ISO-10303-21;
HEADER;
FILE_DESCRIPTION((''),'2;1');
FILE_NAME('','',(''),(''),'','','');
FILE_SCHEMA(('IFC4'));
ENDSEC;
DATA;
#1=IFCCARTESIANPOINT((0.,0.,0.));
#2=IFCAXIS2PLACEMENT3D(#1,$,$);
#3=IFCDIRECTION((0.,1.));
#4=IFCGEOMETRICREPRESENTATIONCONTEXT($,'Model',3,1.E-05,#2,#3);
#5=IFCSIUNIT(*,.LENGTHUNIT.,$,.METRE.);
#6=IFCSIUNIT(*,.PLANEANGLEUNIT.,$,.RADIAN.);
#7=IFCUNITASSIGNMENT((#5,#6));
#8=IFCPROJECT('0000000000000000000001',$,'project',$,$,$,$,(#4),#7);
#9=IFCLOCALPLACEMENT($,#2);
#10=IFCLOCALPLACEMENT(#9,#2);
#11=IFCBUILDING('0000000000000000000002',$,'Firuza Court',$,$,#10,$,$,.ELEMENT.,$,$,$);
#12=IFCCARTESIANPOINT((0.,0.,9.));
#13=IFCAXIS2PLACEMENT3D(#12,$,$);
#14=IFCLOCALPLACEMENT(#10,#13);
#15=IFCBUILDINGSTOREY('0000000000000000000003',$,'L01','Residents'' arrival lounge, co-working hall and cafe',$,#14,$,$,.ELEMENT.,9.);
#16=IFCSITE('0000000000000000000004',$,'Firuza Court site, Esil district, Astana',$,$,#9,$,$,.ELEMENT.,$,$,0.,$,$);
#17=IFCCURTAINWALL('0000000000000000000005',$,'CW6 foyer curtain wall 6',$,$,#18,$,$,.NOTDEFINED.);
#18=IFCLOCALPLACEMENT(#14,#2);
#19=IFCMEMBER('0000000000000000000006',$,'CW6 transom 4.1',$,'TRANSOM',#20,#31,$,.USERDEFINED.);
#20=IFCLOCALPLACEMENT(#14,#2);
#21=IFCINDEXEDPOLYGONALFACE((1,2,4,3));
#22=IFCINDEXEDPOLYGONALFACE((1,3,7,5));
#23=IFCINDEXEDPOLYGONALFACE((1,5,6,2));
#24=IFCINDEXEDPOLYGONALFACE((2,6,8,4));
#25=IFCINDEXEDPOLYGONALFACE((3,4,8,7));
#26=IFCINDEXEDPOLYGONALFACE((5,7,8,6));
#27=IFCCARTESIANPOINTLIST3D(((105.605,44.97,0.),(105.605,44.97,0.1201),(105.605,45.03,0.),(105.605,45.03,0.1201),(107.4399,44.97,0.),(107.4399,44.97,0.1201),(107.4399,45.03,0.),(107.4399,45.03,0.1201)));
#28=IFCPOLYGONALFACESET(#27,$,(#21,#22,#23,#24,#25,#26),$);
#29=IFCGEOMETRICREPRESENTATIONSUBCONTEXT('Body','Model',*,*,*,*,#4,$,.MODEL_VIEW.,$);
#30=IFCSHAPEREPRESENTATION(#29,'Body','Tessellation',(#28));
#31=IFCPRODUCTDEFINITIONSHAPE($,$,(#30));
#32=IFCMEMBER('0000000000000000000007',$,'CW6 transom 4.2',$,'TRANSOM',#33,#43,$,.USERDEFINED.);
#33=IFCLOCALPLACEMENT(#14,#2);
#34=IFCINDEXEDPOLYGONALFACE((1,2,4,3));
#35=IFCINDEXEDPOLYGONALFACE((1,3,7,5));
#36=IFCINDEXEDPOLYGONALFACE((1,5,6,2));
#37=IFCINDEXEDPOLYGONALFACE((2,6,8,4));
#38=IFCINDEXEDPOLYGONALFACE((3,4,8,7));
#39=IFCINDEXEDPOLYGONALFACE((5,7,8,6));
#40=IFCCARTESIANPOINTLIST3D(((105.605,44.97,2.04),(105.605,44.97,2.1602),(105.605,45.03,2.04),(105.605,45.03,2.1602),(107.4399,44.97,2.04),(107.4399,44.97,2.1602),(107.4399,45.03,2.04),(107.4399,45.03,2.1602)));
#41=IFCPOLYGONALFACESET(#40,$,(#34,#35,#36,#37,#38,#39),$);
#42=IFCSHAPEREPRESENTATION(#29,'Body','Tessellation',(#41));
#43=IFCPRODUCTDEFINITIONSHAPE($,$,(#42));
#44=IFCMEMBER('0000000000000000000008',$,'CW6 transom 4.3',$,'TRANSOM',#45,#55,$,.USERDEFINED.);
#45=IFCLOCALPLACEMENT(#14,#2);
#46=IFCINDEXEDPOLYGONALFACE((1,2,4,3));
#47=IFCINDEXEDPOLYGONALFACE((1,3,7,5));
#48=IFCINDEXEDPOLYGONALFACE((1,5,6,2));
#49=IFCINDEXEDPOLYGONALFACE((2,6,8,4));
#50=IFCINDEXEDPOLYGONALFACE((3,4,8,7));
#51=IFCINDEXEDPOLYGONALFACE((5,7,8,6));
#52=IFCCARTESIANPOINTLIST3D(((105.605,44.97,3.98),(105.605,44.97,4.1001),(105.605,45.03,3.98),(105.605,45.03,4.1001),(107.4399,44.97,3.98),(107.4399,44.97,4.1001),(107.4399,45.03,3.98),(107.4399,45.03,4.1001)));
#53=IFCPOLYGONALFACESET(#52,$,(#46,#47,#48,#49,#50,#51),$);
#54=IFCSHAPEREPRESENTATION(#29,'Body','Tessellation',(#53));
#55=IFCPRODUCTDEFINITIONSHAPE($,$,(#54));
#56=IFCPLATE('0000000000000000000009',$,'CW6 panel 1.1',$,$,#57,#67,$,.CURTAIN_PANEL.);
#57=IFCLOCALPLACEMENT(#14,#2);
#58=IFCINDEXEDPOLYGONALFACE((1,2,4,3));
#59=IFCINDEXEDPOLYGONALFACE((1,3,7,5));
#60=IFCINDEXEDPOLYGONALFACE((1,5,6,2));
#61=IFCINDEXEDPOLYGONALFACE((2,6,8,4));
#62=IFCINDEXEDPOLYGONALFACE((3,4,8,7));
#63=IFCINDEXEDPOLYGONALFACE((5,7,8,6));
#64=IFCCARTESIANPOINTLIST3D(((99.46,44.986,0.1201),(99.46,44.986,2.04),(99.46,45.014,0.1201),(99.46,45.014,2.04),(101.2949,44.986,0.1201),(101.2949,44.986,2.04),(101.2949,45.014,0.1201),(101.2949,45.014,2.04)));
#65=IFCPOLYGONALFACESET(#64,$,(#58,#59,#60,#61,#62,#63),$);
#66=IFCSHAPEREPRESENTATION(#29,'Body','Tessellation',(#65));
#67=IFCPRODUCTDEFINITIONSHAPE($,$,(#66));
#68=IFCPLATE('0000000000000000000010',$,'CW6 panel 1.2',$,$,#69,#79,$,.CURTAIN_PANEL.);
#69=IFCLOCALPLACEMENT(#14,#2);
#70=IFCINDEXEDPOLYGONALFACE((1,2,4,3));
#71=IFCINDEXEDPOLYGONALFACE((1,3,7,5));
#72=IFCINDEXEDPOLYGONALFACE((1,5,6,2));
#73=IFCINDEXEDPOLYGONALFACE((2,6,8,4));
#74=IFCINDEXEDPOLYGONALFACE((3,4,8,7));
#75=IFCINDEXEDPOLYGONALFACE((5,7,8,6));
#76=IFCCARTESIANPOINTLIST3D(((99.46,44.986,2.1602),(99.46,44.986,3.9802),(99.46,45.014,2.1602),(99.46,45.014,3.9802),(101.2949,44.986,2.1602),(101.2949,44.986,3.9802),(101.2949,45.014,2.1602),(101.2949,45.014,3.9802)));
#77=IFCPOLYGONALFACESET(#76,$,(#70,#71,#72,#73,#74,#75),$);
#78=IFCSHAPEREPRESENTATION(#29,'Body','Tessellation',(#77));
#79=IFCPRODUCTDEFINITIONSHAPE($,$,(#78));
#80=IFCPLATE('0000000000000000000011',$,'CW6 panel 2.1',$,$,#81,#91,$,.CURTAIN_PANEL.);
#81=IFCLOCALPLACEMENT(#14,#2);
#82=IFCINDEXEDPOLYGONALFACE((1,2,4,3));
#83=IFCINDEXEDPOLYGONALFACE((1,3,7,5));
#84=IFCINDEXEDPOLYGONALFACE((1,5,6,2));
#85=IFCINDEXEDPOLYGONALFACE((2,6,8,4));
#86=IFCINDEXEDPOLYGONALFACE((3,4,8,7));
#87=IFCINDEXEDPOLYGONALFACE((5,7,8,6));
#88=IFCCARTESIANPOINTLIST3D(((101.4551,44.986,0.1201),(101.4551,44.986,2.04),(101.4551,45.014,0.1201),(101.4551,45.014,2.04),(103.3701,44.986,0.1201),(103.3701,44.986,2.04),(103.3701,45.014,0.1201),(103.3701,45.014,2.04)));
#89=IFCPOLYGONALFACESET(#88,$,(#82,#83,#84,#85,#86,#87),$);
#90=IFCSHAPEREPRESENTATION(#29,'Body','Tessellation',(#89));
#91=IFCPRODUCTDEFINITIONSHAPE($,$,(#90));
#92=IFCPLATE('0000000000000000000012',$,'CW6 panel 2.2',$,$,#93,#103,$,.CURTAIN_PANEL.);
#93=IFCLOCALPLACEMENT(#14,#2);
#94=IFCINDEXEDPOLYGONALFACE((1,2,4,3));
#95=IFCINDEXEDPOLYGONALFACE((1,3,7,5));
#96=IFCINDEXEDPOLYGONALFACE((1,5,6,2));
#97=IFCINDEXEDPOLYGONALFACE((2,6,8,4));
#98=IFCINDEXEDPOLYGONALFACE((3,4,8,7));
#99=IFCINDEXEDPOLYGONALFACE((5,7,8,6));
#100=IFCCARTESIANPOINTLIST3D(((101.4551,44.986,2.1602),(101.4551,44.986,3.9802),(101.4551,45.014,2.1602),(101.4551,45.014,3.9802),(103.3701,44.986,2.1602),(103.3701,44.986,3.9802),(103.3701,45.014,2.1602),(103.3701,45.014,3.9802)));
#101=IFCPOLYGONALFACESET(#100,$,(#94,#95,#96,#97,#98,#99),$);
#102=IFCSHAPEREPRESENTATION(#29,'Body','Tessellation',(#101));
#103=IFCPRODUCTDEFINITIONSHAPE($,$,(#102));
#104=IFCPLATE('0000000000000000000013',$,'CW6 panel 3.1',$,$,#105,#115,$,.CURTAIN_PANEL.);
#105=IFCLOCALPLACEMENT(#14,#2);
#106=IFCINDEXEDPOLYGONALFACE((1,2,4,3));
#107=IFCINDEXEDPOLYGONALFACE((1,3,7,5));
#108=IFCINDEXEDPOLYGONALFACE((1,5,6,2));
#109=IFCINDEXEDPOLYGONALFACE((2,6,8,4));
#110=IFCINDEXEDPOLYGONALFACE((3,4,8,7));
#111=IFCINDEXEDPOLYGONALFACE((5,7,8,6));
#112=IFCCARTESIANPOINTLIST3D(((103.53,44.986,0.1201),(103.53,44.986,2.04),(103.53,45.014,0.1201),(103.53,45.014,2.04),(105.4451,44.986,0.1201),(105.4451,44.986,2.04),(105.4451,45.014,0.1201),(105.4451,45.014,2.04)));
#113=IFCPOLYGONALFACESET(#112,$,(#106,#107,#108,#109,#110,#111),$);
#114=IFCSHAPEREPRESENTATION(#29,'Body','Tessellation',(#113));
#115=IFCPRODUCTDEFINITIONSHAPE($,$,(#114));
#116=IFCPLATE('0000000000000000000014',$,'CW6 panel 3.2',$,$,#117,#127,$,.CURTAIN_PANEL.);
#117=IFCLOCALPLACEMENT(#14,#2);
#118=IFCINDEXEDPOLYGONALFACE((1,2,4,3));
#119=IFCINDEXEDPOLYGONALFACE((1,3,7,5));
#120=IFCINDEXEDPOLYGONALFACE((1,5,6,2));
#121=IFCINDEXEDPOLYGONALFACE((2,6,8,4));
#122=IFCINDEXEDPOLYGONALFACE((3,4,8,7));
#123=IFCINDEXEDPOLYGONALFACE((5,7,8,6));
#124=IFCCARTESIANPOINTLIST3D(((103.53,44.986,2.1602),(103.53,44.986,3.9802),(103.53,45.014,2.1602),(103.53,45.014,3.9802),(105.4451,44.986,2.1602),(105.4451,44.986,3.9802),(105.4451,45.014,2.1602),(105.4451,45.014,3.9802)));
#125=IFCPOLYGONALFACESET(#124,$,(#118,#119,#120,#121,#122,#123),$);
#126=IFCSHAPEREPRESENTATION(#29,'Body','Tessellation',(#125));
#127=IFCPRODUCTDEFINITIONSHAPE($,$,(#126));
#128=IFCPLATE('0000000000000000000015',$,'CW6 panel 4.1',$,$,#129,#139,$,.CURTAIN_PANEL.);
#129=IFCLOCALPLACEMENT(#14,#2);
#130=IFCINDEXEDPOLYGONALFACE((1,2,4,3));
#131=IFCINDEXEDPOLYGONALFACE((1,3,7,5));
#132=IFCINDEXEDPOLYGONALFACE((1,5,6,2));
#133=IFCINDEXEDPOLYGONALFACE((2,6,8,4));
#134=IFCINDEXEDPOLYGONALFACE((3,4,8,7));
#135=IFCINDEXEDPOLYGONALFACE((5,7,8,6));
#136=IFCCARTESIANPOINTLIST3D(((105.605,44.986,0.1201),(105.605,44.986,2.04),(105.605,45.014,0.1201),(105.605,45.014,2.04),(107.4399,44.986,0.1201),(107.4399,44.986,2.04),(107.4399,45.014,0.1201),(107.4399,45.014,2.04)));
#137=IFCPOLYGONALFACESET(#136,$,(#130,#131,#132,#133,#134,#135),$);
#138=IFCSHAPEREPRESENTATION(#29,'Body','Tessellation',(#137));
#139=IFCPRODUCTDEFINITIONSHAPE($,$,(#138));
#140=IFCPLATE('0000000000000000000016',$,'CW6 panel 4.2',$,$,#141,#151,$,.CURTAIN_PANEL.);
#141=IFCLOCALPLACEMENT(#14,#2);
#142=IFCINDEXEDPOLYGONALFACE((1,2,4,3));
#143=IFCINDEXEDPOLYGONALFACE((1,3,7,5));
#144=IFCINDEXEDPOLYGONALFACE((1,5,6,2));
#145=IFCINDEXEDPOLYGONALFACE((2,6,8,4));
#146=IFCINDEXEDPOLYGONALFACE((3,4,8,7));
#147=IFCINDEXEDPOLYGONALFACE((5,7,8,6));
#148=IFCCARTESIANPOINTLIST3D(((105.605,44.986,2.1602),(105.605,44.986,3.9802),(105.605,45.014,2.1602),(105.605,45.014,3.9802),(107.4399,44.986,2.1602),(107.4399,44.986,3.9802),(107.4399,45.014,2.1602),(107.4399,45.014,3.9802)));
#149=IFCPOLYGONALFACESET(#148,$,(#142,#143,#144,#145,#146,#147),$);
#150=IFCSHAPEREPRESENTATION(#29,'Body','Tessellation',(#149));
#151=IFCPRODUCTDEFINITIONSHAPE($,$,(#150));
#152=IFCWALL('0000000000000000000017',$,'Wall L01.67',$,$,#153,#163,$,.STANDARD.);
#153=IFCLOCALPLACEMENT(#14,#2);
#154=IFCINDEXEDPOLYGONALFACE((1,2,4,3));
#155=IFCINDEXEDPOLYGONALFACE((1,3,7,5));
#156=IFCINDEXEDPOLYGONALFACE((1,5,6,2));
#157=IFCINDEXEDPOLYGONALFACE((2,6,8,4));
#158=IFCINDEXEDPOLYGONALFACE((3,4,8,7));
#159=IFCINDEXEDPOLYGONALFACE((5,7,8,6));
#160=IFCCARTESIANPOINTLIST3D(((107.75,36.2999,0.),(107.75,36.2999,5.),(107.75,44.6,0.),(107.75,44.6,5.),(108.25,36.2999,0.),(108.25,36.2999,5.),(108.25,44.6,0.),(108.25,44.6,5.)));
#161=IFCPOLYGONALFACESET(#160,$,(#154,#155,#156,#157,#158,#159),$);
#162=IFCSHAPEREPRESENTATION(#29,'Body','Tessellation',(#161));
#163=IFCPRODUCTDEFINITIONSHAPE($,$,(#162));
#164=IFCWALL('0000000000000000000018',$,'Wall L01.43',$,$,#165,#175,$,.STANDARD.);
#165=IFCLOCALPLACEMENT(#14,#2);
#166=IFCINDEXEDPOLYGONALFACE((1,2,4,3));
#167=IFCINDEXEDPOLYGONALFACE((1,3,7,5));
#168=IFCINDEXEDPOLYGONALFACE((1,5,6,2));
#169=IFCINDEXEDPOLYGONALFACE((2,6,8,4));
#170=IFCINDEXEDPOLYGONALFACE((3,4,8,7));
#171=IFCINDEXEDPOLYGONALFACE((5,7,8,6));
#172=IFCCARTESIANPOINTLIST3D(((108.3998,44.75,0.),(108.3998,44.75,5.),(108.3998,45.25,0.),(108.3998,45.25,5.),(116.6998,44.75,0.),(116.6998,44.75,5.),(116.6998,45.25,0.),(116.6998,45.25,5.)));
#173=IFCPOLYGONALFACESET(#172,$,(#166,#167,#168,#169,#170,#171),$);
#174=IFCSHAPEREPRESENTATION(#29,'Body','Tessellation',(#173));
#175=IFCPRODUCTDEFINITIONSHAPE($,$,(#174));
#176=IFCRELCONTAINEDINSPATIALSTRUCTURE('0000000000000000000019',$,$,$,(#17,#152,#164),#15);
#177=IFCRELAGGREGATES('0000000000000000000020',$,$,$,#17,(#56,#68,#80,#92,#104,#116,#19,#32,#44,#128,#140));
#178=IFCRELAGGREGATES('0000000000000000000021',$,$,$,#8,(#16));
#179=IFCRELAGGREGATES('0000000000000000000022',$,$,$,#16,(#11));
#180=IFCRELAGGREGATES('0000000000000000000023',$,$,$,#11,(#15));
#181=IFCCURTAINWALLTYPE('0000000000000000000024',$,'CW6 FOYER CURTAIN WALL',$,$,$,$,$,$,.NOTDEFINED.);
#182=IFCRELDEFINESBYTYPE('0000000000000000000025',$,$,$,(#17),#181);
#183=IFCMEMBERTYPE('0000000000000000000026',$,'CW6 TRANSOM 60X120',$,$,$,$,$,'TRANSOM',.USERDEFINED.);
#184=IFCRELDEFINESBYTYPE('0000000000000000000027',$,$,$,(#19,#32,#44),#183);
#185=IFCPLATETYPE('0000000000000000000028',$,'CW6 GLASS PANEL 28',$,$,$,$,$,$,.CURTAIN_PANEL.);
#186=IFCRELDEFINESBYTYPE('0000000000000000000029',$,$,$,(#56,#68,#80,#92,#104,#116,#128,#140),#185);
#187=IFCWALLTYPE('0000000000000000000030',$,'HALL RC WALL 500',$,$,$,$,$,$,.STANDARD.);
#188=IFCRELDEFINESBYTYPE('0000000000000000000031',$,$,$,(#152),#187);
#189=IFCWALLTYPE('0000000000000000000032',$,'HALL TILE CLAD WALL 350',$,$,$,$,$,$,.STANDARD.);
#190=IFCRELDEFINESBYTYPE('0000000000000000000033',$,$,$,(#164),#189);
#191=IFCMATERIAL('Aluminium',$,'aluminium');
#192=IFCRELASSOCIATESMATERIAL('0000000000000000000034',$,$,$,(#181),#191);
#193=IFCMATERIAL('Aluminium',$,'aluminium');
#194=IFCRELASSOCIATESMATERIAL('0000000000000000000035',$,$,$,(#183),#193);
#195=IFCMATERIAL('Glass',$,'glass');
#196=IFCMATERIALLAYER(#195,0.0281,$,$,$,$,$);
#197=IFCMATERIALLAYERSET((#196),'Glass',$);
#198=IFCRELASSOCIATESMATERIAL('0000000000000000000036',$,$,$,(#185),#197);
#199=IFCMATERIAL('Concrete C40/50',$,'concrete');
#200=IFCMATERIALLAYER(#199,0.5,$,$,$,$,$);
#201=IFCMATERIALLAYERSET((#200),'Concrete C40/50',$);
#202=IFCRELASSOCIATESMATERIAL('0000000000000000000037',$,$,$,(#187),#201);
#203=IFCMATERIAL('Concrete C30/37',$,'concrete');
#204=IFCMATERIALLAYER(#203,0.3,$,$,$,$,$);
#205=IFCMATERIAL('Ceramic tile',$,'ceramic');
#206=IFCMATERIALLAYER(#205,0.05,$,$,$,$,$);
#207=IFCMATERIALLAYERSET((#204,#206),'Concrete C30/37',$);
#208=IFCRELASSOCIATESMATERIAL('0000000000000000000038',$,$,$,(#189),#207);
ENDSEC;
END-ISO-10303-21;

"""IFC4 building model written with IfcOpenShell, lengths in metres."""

from ifc_helpers import new_model, si_unit, direction, frame, frame_2d, origin, origin_2d, place, context, subcontext, project, spatial, rectangle, extrude, material, layer, layer_set, material_profile, profile_set, type_object, element, aggregate, save


model = new_model("IFC4")

# Units and contexts
model_context = context("Model", 3, precision=1e-05, world=origin(), true_north=direction((0.0, 1.0)))
body_context = subcontext(model_context, "Body", "Model", "MODEL_VIEW")
ifc_project = project(units=[si_unit("LENGTHUNIT", "METRE"), si_unit("PLANEANGLEUNIT", "RADIAN")], contexts=[model_context])

# Site, building, storey
site_placement = place(None, origin())
site = spatial("IfcSite", under=ifc_project, at=site_placement, Name="Firuza Court site, Esil district, Astana", CompositionType="ELEMENT", RefElevation=0.0)
building_placement = place(site_placement, origin())
building = spatial("IfcBuilding", under=site, at=building_placement, Name="Firuza Court", CompositionType="ELEMENT")
storey_placement = place(building_placement, frame((0.0, 0.0, 9.0)))
storey = spatial("IfcBuildingStorey", under=building, at=storey_placement, Name="L01", Description="Residents' arrival lounge, co-working hall and cafe", CompositionType="ELEMENT", Elevation=9.0)

# Curtain wall, members, plates
ifc_material_1 = material(Name="Aluminium", Category="aluminium")
curtain_wall_type = type_object("IfcCurtainWallType", Name="CW6 FOYER CURTAIN WALL", PredefinedType="NOTDEFINED", material=ifc_material_1)
curtain_wall_placement = place(storey_placement, origin())
curtain_wall = element("IfcCurtainWall", 1, at=curtain_wall_placement, inside=storey, type_object=curtain_wall_type, Name="CW6 foyer curtain wall 6", PredefinedType="NOTDEFINED")
ifc_material_2 = material(Name="Aluminium", Category="aluminium")
ifc_material_profile_1 = material_profile(ifc_material_2, rectangle(XDim=0.0601, YDim=0.1201, at=origin_2d()), Name="TRANSOM 60X120")
ifc_profile_set_1 = profile_set([ifc_material_profile_1], Name="Aluminium")
member_type_1 = type_object("IfcMemberType", Name="CW6 TRANSOM 60X120", ElementType="TRANSOM", PredefinedType="USERDEFINED", material=ifc_profile_set_1)
member_1_placement = place(storey_placement, frame((105.605, 45.0, 0.0601), z_axis=(1.0, 0.0, 0.0), x_axis=(0.0, 1.0, 0.0)))
member_1 = element("IfcMember", 2, at=member_1_placement, type_object=member_type_1, Name="CW6 transom 4.1", ObjectType="TRANSOM", PredefinedType="USERDEFINED", context=body_context, shape_type="SweptSolid", body=[
    extrude(rectangle(XDim=0.0601, YDim=0.1201, at=origin_2d()), origin(), (0.0, 0.0, 1.0), 1.835),
])
member_2_placement = place(storey_placement, frame((105.605, 45.0, 2.1001), z_axis=(1.0, 0.0, 0.0), x_axis=(0.0, 1.0, 0.0)))
member_2 = element("IfcMember", 3, at=member_2_placement, type_object=member_type_1, Name="CW6 transom 4.2", ObjectType="TRANSOM", PredefinedType="USERDEFINED", context=body_context, shape_type="SweptSolid", body=[
    extrude(rectangle(XDim=0.0601, YDim=0.1201, at=origin_2d()), origin(), (0.0, 0.0, 1.0), 1.835),
])
member_3_placement = place(storey_placement, frame((105.605, 45.0, 4.04), z_axis=(1.0, 0.0, 0.0), x_axis=(0.0, 1.0, 0.0)))
member_3 = element("IfcMember", 4, at=member_3_placement, type_object=member_type_1, Name="CW6 transom 4.3", ObjectType="TRANSOM", PredefinedType="USERDEFINED", context=body_context, shape_type="SweptSolid", body=[
    extrude(rectangle(XDim=0.0601, YDim=0.1201, at=origin_2d()), origin(), (0.0, 0.0, 1.0), 1.835),
])
ifc_material_3 = material(Name="Glass", Category="glass")
ifc_layer_1 = layer(ifc_material_3, 0.0281)
ifc_layer_set_1 = layer_set([ifc_layer_1], Name="Glass")
plate_type = type_object("IfcPlateType", Name="CW6 GLASS PANEL 28", PredefinedType="CURTAIN_PANEL", material=ifc_layer_set_1)
plate_1_placement = place(storey_placement, frame((100.3774, 45.0, 0.1201), z_axis=(0.0, 0.0, 1.0), x_axis=(1.0, 0.0, 0.0)))
plate_1 = element("IfcPlate", 5, at=plate_1_placement, type_object=plate_type, Name="CW6 panel 1.1", PredefinedType="CURTAIN_PANEL", context=body_context, shape_type="SweptSolid", body=[
    extrude(rectangle(XDim=1.835, YDim=0.0281, at=origin_2d()), origin(), (0.0, 0.0, 1.0), 1.9199),
])
plate_2_placement = place(storey_placement, frame((100.3774, 45.0, 2.1602), z_axis=(0.0, 0.0, 1.0), x_axis=(1.0, 0.0, 0.0)))
plate_2 = element("IfcPlate", 6, at=plate_2_placement, type_object=plate_type, Name="CW6 panel 1.2", PredefinedType="CURTAIN_PANEL", context=body_context, shape_type="SweptSolid", body=[
    extrude(rectangle(XDim=1.835, YDim=0.0281, at=origin_2d()), origin(), (0.0, 0.0, 1.0), 1.8201),
])
plate_3_placement = place(storey_placement, frame((102.4126, 45.0, 0.1201), z_axis=(0.0, 0.0, 1.0), x_axis=(1.0, 0.0, 0.0)))
plate_3 = element("IfcPlate", 7, at=plate_3_placement, type_object=plate_type, Name="CW6 panel 2.1", PredefinedType="CURTAIN_PANEL", context=body_context, shape_type="SweptSolid", body=[
    extrude(rectangle(XDim=1.915, YDim=0.0281, at=origin_2d()), origin(), (0.0, 0.0, 1.0), 1.9199),
])
plate_4_placement = place(storey_placement, frame((102.4126, 45.0, 2.1602), z_axis=(0.0, 0.0, 1.0), x_axis=(1.0, 0.0, 0.0)))
plate_4 = element("IfcPlate", 8, at=plate_4_placement, type_object=plate_type, Name="CW6 panel 2.2", PredefinedType="CURTAIN_PANEL", context=body_context, shape_type="SweptSolid", body=[
    extrude(rectangle(XDim=1.915, YDim=0.0281, at=origin_2d()), origin(), (0.0, 0.0, 1.0), 1.8201),
])
plate_5_placement = place(storey_placement, frame((104.4875, 45.0, 0.1201), z_axis=(0.0, 0.0, 1.0), x_axis=(1.0, 0.0, 0.0)))
plate_5 = element("IfcPlate", 9, at=plate_5_placement, type_object=plate_type, Name="CW6 panel 3.1", PredefinedType="CURTAIN_PANEL", context=body_context, shape_type="SweptSolid", body=[
    extrude(rectangle(XDim=1.915, YDim=0.0281, at=origin_2d()), origin(), (0.0, 0.0, 1.0), 1.9199),
])
plate_6_placement = place(storey_placement, frame((104.4875, 45.0, 2.1602), z_axis=(0.0, 0.0, 1.0), x_axis=(1.0, 0.0, 0.0)))
plate_6 = element("IfcPlate", 10, at=plate_6_placement, type_object=plate_type, Name="CW6 panel 3.2", PredefinedType="CURTAIN_PANEL", context=body_context, shape_type="SweptSolid", body=[
    extrude(rectangle(XDim=1.915, YDim=0.0281, at=origin_2d()), origin(), (0.0, 0.0, 1.0), 1.8201),
])
plate_7_placement = place(storey_placement, frame((106.5225, 45.0, 0.1201), z_axis=(0.0, 0.0, 1.0), x_axis=(1.0, 0.0, 0.0)))
plate_7 = element("IfcPlate", 11, at=plate_7_placement, type_object=plate_type, Name="CW6 panel 4.1", PredefinedType="CURTAIN_PANEL", context=body_context, shape_type="SweptSolid", body=[
    extrude(rectangle(XDim=1.835, YDim=0.0281, at=origin_2d()), origin(), (0.0, 0.0, 1.0), 1.9199),
])
plate_8_placement = place(storey_placement, frame((106.5225, 45.0, 2.1602), z_axis=(0.0, 0.0, 1.0), x_axis=(1.0, 0.0, 0.0)))
plate_8 = element("IfcPlate", 12, at=plate_8_placement, type_object=plate_type, Name="CW6 panel 4.2", PredefinedType="CURTAIN_PANEL", context=body_context, shape_type="SweptSolid", body=[
    extrude(rectangle(XDim=1.835, YDim=0.0281, at=origin_2d()), origin(), (0.0, 0.0, 1.0), 1.8201),
])
aggregate(curtain_wall, [plate_1, plate_2, plate_3, plate_4, plate_5, plate_6, member_1, member_2, member_3, plate_7, plate_8])

# Walls
ifc_material_4 = material(Name="Concrete C40/50", Category="concrete")
ifc_layer_2 = layer(ifc_material_4, 0.5)
ifc_layer_set_2 = layer_set([ifc_layer_2], Name="Concrete C40/50")
wall_type_1 = type_object("IfcWallType", Name="HALL RC WALL 500", PredefinedType="STANDARD", material=ifc_layer_set_2)
wall_1_placement = place(storey_placement, frame((108.0, 36.3, 0.0), z_axis=(0.0, 0.0, 1.0), x_axis=(0.0, 1.0, 0.0)))
element("IfcWall", 13, at=wall_1_placement, inside=storey, type_object=wall_type_1, Name="Wall L01.67", PredefinedType="STANDARD", context=body_context, shape_type="SweptSolid", body=[
    extrude(rectangle(XDim=8.3, YDim=0.5, at=frame_2d((4.1499, 0.0))), origin(), (0.0, 0.0, 1.0), 5.0),
])
ifc_material_5 = material(Name="Concrete C30/37", Category="concrete")
ifc_layer_3 = layer(ifc_material_5, 0.3)
ifc_material_6 = material(Name="Ceramic tile", Category="ceramic")
ifc_layer_4 = layer(ifc_material_6, 0.05)
ifc_layer_set_3 = layer_set([ifc_layer_3, ifc_layer_4], Name="Concrete C30/37")
wall_type_2 = type_object("IfcWallType", Name="HALL TILE CLAD WALL 350", PredefinedType="STANDARD", material=ifc_layer_set_3)
wall_2_placement = place(storey_placement, frame((108.3999, 45.0, 0.0), z_axis=(0.0, 0.0, 1.0), x_axis=(1.0, 0.0, 0.0)))
element("IfcWall", 14, at=wall_2_placement, inside=storey, type_object=wall_type_2, Name="Wall L01.43", PredefinedType="STANDARD", context=body_context, shape_type="SweptSolid", body=[
    extrude(rectangle(XDim=8.3, YDim=0.5, at=frame_2d((4.1499, 0.0))), origin(), (0.0, 0.0, 1.0), 5.0),
])

save(model, "model.ifc")
